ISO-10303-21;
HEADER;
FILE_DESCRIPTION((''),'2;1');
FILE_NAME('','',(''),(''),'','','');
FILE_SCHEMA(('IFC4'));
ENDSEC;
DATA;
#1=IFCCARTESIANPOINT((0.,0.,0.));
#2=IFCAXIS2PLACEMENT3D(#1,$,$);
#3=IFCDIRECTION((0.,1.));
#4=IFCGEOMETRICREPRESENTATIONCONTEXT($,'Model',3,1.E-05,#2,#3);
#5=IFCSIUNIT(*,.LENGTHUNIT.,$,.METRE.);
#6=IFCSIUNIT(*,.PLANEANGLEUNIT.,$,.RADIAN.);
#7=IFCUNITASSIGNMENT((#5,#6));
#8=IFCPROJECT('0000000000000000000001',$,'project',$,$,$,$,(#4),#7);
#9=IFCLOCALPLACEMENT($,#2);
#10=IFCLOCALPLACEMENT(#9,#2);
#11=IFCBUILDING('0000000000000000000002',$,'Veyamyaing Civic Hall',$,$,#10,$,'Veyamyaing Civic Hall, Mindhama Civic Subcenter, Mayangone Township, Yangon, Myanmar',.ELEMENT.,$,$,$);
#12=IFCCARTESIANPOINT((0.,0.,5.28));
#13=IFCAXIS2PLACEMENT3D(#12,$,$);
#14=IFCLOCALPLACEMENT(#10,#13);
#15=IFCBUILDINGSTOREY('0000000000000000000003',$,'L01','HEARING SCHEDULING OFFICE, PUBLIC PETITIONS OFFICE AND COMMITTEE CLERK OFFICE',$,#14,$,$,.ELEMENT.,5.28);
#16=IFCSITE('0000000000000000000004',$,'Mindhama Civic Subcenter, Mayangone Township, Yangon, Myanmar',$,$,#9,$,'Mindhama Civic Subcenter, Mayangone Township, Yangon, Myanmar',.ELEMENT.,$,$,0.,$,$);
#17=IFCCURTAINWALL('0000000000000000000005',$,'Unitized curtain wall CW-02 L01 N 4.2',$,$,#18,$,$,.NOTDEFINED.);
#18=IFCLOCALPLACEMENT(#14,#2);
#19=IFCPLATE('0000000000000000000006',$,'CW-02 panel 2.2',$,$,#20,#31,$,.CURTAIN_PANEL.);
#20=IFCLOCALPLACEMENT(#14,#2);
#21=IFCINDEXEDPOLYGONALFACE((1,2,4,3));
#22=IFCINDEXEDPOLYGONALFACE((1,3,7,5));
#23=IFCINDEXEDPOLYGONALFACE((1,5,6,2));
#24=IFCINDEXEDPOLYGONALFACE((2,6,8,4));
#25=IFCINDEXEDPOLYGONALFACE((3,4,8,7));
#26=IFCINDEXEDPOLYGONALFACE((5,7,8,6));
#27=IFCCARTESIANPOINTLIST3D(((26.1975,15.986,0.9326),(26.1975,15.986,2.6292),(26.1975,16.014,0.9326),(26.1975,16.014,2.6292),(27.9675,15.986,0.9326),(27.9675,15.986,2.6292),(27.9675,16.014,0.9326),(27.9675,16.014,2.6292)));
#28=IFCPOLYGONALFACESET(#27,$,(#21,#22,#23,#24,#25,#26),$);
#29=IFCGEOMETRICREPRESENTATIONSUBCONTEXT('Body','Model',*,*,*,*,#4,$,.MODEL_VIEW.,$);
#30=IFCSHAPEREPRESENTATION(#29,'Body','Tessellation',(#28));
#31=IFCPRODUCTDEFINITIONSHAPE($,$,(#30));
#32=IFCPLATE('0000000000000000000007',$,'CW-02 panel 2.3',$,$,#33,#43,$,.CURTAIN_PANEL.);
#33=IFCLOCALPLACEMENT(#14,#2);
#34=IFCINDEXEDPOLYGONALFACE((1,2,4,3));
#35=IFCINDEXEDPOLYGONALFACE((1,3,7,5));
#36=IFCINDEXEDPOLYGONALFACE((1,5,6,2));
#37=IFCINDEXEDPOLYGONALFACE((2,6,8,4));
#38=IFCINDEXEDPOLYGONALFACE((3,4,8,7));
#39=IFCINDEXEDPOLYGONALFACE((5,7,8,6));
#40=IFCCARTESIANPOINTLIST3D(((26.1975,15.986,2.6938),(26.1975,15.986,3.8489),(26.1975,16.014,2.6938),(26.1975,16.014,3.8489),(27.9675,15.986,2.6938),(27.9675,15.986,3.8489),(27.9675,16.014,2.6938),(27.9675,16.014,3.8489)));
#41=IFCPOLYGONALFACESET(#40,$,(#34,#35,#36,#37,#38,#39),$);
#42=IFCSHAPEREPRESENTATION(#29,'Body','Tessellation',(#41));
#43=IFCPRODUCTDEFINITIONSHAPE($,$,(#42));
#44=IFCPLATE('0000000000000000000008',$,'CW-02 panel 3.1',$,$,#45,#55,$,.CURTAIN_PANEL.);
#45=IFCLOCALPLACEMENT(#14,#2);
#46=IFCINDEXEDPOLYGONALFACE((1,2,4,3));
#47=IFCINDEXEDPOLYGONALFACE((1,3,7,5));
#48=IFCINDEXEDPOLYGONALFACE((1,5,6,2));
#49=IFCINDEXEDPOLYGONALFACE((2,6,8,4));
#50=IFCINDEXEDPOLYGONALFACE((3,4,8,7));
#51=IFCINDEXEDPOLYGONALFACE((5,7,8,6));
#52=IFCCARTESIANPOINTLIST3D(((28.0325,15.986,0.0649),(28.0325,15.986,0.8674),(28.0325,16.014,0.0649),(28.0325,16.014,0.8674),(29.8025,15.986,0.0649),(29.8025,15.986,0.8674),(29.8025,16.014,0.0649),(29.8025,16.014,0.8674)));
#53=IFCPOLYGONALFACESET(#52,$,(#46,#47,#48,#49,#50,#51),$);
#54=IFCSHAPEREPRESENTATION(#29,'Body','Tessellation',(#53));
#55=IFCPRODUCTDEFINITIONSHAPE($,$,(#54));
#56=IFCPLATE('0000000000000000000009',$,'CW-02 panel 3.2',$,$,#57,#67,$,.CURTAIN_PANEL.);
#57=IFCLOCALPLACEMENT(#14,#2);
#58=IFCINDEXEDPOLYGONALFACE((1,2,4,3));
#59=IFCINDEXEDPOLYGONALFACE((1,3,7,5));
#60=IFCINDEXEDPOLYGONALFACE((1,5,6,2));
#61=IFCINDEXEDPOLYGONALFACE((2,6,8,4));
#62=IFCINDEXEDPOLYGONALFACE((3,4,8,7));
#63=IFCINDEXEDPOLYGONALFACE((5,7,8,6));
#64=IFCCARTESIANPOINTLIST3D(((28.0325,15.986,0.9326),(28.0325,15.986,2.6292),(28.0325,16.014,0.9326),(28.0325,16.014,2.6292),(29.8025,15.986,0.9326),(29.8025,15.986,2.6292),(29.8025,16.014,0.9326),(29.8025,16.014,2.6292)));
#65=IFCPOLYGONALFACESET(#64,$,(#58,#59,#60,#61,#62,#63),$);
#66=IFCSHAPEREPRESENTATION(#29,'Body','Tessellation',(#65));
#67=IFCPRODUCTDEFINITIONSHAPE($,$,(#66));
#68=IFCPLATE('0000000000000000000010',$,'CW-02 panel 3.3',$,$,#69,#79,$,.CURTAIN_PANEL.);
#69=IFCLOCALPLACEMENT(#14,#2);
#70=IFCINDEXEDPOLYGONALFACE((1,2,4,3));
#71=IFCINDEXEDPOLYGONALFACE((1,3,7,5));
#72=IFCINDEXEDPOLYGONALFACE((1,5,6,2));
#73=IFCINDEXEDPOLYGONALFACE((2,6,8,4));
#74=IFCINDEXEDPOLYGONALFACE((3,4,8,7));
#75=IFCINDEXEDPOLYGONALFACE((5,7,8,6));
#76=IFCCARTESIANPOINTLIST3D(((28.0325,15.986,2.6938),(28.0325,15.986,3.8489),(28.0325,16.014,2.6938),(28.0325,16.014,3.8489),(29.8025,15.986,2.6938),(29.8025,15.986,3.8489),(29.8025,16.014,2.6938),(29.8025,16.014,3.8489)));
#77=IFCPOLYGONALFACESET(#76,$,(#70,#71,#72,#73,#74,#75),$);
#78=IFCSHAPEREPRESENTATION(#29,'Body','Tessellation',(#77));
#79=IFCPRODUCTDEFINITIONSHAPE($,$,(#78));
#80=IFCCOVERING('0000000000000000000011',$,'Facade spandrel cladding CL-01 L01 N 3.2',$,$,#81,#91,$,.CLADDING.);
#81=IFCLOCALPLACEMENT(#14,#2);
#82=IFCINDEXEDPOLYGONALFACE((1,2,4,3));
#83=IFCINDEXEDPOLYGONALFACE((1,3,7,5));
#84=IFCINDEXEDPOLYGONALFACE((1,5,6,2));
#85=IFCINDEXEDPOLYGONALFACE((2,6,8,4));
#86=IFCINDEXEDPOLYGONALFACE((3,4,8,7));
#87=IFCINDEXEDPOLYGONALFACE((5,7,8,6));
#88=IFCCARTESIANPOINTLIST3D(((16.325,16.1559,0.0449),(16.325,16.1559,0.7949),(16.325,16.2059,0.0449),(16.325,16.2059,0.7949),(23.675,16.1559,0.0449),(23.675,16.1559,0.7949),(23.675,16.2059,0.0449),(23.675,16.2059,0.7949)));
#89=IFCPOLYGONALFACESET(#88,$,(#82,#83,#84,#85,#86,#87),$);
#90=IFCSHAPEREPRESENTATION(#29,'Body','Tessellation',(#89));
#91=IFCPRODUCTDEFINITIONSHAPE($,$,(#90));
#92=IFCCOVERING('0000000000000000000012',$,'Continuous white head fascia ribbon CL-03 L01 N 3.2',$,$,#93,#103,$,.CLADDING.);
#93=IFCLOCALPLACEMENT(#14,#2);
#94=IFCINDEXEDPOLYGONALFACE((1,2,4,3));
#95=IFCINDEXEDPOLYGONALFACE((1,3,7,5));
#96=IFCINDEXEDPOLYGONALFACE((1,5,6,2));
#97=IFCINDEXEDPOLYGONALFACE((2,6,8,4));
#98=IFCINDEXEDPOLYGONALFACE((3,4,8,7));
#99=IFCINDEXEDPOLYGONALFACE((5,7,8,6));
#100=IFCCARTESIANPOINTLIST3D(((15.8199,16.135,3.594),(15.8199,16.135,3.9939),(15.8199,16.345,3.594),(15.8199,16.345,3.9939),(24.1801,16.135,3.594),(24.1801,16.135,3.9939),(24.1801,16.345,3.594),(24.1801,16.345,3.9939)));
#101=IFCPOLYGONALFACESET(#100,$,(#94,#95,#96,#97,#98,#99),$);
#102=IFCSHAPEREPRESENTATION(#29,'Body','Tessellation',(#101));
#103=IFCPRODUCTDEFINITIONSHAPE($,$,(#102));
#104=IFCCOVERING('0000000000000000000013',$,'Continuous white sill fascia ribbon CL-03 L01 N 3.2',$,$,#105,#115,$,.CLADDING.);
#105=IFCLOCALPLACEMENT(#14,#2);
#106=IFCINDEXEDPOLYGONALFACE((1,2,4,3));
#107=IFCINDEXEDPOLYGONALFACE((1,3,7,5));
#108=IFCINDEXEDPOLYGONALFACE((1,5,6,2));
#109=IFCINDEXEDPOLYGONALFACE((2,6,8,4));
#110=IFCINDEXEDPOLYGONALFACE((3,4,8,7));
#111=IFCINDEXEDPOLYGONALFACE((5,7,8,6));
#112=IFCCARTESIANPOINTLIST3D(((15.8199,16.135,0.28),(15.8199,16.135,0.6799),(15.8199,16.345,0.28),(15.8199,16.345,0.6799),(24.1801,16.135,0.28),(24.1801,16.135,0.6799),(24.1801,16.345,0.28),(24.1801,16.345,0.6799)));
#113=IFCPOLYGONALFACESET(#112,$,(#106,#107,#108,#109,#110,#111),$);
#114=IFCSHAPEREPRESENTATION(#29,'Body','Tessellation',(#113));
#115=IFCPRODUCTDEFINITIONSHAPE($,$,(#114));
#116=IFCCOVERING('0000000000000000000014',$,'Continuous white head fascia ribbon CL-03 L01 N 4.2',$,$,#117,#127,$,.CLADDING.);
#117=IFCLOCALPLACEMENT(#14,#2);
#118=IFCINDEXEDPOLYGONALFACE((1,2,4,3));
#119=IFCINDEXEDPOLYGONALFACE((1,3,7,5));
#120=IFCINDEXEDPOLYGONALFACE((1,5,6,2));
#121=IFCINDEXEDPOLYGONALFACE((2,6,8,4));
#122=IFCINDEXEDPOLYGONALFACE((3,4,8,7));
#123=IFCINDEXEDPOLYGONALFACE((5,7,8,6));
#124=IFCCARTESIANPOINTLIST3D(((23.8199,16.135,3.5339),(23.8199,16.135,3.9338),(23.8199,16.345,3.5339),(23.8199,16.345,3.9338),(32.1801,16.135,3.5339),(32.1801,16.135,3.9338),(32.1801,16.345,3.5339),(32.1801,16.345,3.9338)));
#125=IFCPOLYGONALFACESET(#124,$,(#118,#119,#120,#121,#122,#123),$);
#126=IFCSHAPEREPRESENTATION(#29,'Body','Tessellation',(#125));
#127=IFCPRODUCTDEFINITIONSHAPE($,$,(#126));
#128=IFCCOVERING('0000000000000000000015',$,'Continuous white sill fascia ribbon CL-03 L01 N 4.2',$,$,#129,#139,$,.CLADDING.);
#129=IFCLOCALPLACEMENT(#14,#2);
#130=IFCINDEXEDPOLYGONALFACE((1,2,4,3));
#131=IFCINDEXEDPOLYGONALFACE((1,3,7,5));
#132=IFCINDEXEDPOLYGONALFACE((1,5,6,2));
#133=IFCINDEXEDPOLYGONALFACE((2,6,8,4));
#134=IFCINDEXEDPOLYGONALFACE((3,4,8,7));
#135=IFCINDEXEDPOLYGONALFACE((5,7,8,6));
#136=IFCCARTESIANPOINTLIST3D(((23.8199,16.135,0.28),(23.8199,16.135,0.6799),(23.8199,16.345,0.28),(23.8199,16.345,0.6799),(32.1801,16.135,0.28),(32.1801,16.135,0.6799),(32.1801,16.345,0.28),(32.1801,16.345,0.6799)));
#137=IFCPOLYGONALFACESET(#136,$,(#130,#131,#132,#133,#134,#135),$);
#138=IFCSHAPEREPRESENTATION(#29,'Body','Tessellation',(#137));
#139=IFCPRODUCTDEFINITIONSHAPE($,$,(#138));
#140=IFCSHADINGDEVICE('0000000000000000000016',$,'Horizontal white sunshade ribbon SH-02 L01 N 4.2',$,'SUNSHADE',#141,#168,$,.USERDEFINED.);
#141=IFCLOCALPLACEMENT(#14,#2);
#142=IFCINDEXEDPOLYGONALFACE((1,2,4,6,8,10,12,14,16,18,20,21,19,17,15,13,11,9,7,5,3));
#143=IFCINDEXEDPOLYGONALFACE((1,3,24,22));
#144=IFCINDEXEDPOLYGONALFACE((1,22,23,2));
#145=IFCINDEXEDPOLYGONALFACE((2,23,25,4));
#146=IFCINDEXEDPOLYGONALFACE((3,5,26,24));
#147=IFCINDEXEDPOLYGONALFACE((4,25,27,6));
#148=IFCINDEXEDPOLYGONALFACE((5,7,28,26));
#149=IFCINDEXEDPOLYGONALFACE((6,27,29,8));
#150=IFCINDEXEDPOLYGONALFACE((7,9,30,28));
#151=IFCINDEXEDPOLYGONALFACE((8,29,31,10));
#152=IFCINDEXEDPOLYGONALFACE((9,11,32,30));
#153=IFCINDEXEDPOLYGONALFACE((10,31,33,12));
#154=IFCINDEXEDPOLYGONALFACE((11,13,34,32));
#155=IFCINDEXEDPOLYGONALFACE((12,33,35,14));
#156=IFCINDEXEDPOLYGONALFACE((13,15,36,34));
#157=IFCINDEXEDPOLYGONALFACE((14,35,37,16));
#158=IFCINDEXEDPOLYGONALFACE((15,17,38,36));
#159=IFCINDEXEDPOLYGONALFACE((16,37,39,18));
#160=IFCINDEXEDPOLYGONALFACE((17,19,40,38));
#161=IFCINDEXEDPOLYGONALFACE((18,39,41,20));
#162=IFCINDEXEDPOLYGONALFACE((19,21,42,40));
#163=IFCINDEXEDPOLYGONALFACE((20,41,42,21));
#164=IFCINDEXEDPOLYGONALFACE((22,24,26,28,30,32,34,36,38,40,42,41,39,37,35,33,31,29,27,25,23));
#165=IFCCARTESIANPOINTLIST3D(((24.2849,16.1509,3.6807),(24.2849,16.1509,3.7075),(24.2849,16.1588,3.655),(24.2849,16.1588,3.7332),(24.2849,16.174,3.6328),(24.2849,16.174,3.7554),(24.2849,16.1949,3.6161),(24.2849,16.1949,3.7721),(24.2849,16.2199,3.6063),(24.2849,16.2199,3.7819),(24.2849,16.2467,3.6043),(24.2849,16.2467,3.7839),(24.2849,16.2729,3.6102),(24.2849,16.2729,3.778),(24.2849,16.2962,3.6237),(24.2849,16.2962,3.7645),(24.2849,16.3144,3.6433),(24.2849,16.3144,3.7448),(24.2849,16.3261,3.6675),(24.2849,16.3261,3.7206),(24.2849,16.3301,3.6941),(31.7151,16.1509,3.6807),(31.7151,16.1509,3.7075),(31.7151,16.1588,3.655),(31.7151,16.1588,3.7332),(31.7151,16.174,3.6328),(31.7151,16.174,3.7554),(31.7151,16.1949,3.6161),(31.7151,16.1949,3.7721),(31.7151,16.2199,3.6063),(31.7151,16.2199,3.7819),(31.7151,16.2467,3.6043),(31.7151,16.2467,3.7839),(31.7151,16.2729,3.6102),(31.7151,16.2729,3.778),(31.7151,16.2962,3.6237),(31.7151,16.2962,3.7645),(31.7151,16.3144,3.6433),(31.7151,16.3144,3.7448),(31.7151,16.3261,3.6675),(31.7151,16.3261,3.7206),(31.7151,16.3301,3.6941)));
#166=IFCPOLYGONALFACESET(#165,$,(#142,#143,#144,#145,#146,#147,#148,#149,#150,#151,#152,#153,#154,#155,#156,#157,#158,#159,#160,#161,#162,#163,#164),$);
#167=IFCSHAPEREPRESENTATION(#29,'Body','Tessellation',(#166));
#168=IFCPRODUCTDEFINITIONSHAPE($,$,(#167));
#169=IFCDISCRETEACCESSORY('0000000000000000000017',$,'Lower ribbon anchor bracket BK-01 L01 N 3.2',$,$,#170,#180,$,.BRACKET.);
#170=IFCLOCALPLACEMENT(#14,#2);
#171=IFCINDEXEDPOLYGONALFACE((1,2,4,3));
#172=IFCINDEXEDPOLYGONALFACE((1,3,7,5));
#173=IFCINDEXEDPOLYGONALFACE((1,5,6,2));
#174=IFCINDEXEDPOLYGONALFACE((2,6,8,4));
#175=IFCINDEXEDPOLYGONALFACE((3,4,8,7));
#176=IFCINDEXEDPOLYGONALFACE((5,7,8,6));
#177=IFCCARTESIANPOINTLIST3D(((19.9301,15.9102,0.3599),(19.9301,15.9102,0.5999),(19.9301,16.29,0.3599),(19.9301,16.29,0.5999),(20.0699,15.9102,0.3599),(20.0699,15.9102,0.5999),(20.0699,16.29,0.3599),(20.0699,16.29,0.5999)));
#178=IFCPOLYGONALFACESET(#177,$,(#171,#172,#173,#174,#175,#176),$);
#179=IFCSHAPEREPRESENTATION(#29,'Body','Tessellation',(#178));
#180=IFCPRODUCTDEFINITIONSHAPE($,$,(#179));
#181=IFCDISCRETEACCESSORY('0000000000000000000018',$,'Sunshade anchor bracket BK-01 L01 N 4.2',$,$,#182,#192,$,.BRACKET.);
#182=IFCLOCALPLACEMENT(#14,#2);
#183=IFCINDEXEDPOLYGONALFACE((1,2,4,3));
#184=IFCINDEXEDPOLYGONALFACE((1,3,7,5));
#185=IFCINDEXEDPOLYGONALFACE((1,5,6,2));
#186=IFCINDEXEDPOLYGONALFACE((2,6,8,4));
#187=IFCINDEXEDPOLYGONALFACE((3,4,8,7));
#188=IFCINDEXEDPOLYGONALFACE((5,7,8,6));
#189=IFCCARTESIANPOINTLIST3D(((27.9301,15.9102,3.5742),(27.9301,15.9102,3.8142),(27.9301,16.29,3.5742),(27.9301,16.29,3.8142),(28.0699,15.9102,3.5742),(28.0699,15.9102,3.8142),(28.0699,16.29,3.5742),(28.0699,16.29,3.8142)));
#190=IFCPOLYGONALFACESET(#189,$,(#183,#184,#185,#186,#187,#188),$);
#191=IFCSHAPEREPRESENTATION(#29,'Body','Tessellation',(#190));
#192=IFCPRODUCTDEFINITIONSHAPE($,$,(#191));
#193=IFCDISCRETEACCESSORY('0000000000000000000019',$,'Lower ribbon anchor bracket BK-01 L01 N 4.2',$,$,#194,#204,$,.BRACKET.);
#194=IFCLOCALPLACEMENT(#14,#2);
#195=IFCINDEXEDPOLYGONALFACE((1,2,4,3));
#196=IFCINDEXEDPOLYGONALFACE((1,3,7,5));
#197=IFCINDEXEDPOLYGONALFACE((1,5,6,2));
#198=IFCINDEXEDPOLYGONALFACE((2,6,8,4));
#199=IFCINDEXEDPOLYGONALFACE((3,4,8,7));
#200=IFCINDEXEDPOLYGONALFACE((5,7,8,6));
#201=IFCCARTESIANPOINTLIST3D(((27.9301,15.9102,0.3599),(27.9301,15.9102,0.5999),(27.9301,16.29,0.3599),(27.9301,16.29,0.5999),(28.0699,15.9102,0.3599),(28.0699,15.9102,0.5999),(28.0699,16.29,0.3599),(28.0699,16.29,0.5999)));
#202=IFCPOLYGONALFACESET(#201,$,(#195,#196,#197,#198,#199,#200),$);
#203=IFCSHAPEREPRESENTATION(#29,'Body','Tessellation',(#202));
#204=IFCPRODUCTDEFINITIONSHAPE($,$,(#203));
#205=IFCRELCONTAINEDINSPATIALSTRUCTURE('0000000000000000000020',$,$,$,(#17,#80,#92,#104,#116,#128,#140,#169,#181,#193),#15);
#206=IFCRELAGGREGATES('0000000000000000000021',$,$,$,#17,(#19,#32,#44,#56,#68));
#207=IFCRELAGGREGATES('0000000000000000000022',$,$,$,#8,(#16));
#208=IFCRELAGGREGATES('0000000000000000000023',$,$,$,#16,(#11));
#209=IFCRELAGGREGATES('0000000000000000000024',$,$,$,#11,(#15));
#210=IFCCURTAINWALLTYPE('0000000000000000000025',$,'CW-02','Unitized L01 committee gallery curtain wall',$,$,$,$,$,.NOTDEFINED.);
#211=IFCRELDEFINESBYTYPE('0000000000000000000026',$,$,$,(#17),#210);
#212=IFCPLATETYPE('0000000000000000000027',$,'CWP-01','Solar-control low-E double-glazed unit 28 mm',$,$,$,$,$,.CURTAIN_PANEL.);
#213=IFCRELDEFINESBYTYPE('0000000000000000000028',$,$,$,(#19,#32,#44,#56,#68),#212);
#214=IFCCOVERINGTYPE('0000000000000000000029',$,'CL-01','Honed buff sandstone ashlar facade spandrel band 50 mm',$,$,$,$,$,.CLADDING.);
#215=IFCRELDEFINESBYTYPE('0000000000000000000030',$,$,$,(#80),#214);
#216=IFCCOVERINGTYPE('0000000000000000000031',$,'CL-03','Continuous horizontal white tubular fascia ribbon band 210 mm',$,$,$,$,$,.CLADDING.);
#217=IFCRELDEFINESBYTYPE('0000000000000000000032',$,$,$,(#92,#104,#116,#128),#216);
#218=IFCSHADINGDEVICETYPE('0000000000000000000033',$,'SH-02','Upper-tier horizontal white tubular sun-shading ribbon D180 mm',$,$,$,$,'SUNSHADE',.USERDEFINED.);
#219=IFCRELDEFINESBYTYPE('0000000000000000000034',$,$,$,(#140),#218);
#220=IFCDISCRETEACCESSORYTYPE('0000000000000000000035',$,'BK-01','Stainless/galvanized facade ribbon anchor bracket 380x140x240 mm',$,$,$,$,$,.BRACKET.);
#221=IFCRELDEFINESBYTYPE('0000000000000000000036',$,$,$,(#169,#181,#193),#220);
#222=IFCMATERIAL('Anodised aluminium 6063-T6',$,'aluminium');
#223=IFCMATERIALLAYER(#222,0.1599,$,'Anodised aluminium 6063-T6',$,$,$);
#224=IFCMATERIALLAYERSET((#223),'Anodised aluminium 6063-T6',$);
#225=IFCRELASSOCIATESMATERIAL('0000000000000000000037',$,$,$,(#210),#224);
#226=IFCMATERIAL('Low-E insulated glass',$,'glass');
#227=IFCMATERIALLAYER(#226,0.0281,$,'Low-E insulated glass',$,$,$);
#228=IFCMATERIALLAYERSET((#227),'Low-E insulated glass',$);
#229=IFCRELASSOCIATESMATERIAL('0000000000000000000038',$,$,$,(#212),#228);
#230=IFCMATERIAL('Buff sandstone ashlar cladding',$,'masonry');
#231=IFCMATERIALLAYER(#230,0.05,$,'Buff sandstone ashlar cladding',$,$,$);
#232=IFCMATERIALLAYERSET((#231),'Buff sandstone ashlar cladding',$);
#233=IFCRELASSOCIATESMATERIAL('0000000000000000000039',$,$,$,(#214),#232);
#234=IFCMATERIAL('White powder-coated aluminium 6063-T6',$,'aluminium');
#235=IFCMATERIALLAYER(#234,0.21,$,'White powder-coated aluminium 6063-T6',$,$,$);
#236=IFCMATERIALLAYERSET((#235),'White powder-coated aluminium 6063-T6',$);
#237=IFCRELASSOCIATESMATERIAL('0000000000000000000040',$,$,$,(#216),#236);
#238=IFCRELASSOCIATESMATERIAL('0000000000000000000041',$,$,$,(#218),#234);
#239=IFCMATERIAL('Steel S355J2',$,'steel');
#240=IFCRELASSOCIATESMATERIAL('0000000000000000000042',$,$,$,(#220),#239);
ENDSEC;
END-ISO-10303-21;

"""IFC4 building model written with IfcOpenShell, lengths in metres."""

from ifc_helpers import new_model, si_unit, direction, frame, origin, origin_2d, place, context, subcontext, project, spatial, rectangle, circle, extrude, material, layer, layer_set, material_profile, profile_set, type_object, element, aggregate, save


model = new_model("IFC4")

# Units and contexts
model_context = context("Model", 3, precision=1e-05, world=origin(), true_north=direction((0.0, 1.0)))
body_context = subcontext(model_context, "Body", "Model", "MODEL_VIEW")
ifc_project = project(units=[si_unit("LENGTHUNIT", "METRE"), si_unit("PLANEANGLEUNIT", "RADIAN")], contexts=[model_context])

# Site, building, storey
site_placement = place(None, origin())
site = spatial("IfcSite", under=ifc_project, at=site_placement, Name="Mindhama Civic Subcenter, Mayangone Township, Yangon, Myanmar", LongName="Mindhama Civic Subcenter, Mayangone Township, Yangon, Myanmar", CompositionType="ELEMENT", RefElevation=0.0)
building_placement = place(site_placement, origin())
building = spatial("IfcBuilding", under=site, at=building_placement, Name="Veyamyaing Civic Hall", LongName="Veyamyaing Civic Hall, Mindhama Civic Subcenter, Mayangone Township, Yangon, Myanmar", CompositionType="ELEMENT")
storey_placement = place(building_placement, frame((0.0, 0.0, 5.28)))
storey = spatial("IfcBuildingStorey", under=building, at=storey_placement, Name="L01", Description="HEARING SCHEDULING OFFICE, PUBLIC PETITIONS OFFICE AND COMMITTEE CLERK OFFICE", CompositionType="ELEMENT", Elevation=5.28)

# Curtain wall, plates
ifc_material_1 = material(Name="Anodised aluminium 6063-T6", Category="aluminium")
ifc_layer_1 = layer(ifc_material_1, 0.1599, Name="Anodised aluminium 6063-T6")
ifc_layer_set_1 = layer_set([ifc_layer_1], Name="Anodised aluminium 6063-T6")
curtain_wall_type = type_object("IfcCurtainWallType", Name="CW-02", Description="Unitized L01 committee gallery curtain wall", PredefinedType="NOTDEFINED", material=ifc_layer_set_1)
curtain_wall_placement = place(storey_placement, origin())
curtain_wall = element("IfcCurtainWall", 1, at=curtain_wall_placement, inside=storey, type_object=curtain_wall_type, Name="Unitized curtain wall CW-02 L01 N 4.2", PredefinedType="NOTDEFINED")
ifc_material_2 = material(Name="Low-E insulated glass", Category="glass")
ifc_layer_2 = layer(ifc_material_2, 0.0281, Name="Low-E insulated glass")
ifc_layer_set_2 = layer_set([ifc_layer_2], Name="Low-E insulated glass")
plate_type = type_object("IfcPlateType", Name="CWP-01", Description="Solar-control low-E double-glazed unit 28 mm", PredefinedType="CURTAIN_PANEL", material=ifc_layer_set_2)
plate_1_placement = place(storey_placement, frame((27.0825, 16.0, 0.9326), z_axis=(0.0, 0.0, 1.0), x_axis=(1.0, 0.0, 0.0)))
plate_1 = element("IfcPlate", 2, at=plate_1_placement, type_object=plate_type, Name="CW-02 panel 2.2", PredefinedType="CURTAIN_PANEL", context=body_context, shape_type="SweptSolid", body=[
    extrude(rectangle(XDim=1.77, YDim=0.0281, at=origin_2d()), origin(), (0.0, 0.0, 1.0), 1.6965),
])
plate_2_placement = place(storey_placement, frame((27.0825, 16.0, 2.6938), z_axis=(0.0, 0.0, 1.0), x_axis=(1.0, 0.0, 0.0)))
plate_2 = element("IfcPlate", 3, at=plate_2_placement, type_object=plate_type, Name="CW-02 panel 2.3", PredefinedType="CURTAIN_PANEL", context=body_context, shape_type="SweptSolid", body=[
    extrude(rectangle(XDim=1.77, YDim=0.0281, at=origin_2d()), origin(), (0.0, 0.0, 1.0), 1.155),
])
plate_3_placement = place(storey_placement, frame((28.9175, 16.0, 0.0649), z_axis=(0.0, 0.0, 1.0), x_axis=(1.0, 0.0, 0.0)))
plate_3 = element("IfcPlate", 4, at=plate_3_placement, type_object=plate_type, Name="CW-02 panel 3.1", PredefinedType="CURTAIN_PANEL", context=body_context, shape_type="SweptSolid", body=[
    extrude(rectangle(XDim=1.77, YDim=0.0281, at=origin_2d()), origin(), (0.0, 0.0, 1.0), 0.8025),
])
plate_4_placement = place(storey_placement, frame((28.9175, 16.0, 0.9326), z_axis=(0.0, 0.0, 1.0), x_axis=(1.0, 0.0, 0.0)))
plate_4 = element("IfcPlate", 5, at=plate_4_placement, type_object=plate_type, Name="CW-02 panel 3.2", PredefinedType="CURTAIN_PANEL", context=body_context, shape_type="SweptSolid", body=[
    extrude(rectangle(XDim=1.77, YDim=0.0281, at=origin_2d()), origin(), (0.0, 0.0, 1.0), 1.6965),
])
plate_5_placement = place(storey_placement, frame((28.9175, 16.0, 2.6938), z_axis=(0.0, 0.0, 1.0), x_axis=(1.0, 0.0, 0.0)))
plate_5 = element("IfcPlate", 6, at=plate_5_placement, type_object=plate_type, Name="CW-02 panel 3.3", PredefinedType="CURTAIN_PANEL", context=body_context, shape_type="SweptSolid", body=[
    extrude(rectangle(XDim=1.77, YDim=0.0281, at=origin_2d()), origin(), (0.0, 0.0, 1.0), 1.155),
])
aggregate(curtain_wall, [plate_1, plate_2, plate_3, plate_4, plate_5])

# Coverings
ifc_material_3 = material(Name="Buff sandstone ashlar cladding", Category="masonry")
ifc_layer_3 = layer(ifc_material_3, 0.05, Name="Buff sandstone ashlar cladding")
ifc_layer_set_3 = layer_set([ifc_layer_3], Name="Buff sandstone ashlar cladding")
covering_type_1 = type_object("IfcCoveringType", Name="CL-01", Description="Honed buff sandstone ashlar facade spandrel band 50 mm", PredefinedType="CLADDING", material=ifc_layer_set_3)
covering_placement = place(storey_placement, frame((20.0, 16.1809, 0.0449), z_axis=(0.0, 0.0, 1.0), x_axis=(1.0, 0.0, 0.0)))
element("IfcCovering", 7, at=covering_placement, inside=storey, type_object=covering_type_1, Name="Facade spandrel cladding CL-01 L01 N 3.2", PredefinedType="CLADDING", context=body_context, shape_type="SweptSolid", body=[
    extrude(rectangle(XDim=7.3501, YDim=0.05, at=origin_2d()), origin(), (0.0, 0.0, 1.0), 0.75),
])
ifc_material_4 = material(Name="White powder-coated aluminium 6063-T6", Category="aluminium")
ifc_layer_4 = layer(ifc_material_4, 0.21, Name="White powder-coated aluminium 6063-T6")
ifc_layer_set_4 = layer_set([ifc_layer_4], Name="White powder-coated aluminium 6063-T6")
covering_type_2 = type_object("IfcCoveringType", Name="CL-03", Description="Continuous horizontal white tubular fascia ribbon band 210 mm", PredefinedType="CLADDING", material=ifc_layer_set_4)
for number, where, z_axis, x_axis, name in (
    (8, (20.0, 16.24, 3.594), (0.0, 0.0, 1.0), (1.0, 0.0, 0.0), "Continuous white head fascia ribbon CL-03 L01 N 3.2"),
    (9, (20.0, 16.24, 0.28), (0.0, 0.0, 1.0), (1.0, 0.0, 0.0), "Continuous white sill fascia ribbon CL-03 L01 N 3.2"),
    (10, (28.0, 16.24, 3.5339), (0.0, 0.0, 1.0), (1.0, 0.0, 0.0), "Continuous white head fascia ribbon CL-03 L01 N 4.2"),
    (11, (28.0, 16.24, 0.28), (0.0, 0.0, 1.0), (1.0, 0.0, 0.0), "Continuous white sill fascia ribbon CL-03 L01 N 4.2"),
):
    element("IfcCovering", number, at=place(storey_placement, frame(where, z_axis=z_axis, x_axis=x_axis)), inside=storey, type_object=covering_type_2, Name=name, PredefinedType="CLADDING", context=body_context, shape_type="SweptSolid", body=[
        extrude(rectangle(XDim=8.3601, YDim=0.21, at=origin_2d()), origin(), (0.0, 0.0, 1.0), 0.3999),
    ])

# Shading device
ifc_material_profile_1 = material_profile(ifc_material_4, circle(Radius=0.0901, at=origin_2d()), Name="SHADE-TUBE-180")
ifc_profile_set_1 = profile_set([ifc_material_profile_1], Name="White powder-coated aluminium 6063-T6")
shading_device_type = type_object("IfcShadingDeviceType", Name="SH-02", Description="Upper-tier horizontal white tubular sun-shading ribbon D180 mm", ElementType="SUNSHADE", PredefinedType="USERDEFINED", material=ifc_profile_set_1)
shading_device_placement = place(storey_placement, frame((24.2849, 16.24, 3.6941), z_axis=(1.0, 0.0, 0.0), x_axis=(0.0, 1.0, 0.0)))
element("IfcShadingDevice", 12, at=shading_device_placement, inside=storey, type_object=shading_device_type, Name="Horizontal white sunshade ribbon SH-02 L01 N 4.2", ObjectType="SUNSHADE", PredefinedType="USERDEFINED", context=body_context, shape_type="SweptSolid", body=[
    extrude(circle(Radius=0.0901, at=origin_2d()), origin(), (0.0, 0.0, 1.0), 7.4302),
])

# Discrete accessories
ifc_material_5 = material(Name="Steel S355J2", Category="steel")
discrete_accessory_type = type_object("IfcDiscreteAccessoryType", Name="BK-01", Description="Stainless/galvanized facade ribbon anchor bracket 380x140x240 mm", PredefinedType="BRACKET", material=ifc_material_5)
for number, where, z_axis, x_axis, name in (
    (13, (20.0, 16.1001, 0.3599), (0.0, 0.0, 1.0), (0.0, 1.0, 0.0), "Lower ribbon anchor bracket BK-01 L01 N 3.2"),
    (14, (28.0, 16.1001, 3.5742), (0.0, 0.0, 1.0), (0.0, 1.0, 0.0), "Sunshade anchor bracket BK-01 L01 N 4.2"),
    (15, (28.0, 16.1001, 0.3599), (0.0, 0.0, 1.0), (0.0, 1.0, 0.0), "Lower ribbon anchor bracket BK-01 L01 N 4.2"),
):
    element("IfcDiscreteAccessory", number, at=place(storey_placement, frame(where, z_axis=z_axis, x_axis=x_axis)), inside=storey, type_object=discrete_accessory_type, Name=name, PredefinedType="BRACKET", context=body_context, shape_type="SweptSolid", body=[
        extrude(rectangle(XDim=0.3799, YDim=0.1399, at=origin_2d()), origin(), (0.0, 0.0, 1.0), 0.24),
    ])

save(model, "model.ifc")
